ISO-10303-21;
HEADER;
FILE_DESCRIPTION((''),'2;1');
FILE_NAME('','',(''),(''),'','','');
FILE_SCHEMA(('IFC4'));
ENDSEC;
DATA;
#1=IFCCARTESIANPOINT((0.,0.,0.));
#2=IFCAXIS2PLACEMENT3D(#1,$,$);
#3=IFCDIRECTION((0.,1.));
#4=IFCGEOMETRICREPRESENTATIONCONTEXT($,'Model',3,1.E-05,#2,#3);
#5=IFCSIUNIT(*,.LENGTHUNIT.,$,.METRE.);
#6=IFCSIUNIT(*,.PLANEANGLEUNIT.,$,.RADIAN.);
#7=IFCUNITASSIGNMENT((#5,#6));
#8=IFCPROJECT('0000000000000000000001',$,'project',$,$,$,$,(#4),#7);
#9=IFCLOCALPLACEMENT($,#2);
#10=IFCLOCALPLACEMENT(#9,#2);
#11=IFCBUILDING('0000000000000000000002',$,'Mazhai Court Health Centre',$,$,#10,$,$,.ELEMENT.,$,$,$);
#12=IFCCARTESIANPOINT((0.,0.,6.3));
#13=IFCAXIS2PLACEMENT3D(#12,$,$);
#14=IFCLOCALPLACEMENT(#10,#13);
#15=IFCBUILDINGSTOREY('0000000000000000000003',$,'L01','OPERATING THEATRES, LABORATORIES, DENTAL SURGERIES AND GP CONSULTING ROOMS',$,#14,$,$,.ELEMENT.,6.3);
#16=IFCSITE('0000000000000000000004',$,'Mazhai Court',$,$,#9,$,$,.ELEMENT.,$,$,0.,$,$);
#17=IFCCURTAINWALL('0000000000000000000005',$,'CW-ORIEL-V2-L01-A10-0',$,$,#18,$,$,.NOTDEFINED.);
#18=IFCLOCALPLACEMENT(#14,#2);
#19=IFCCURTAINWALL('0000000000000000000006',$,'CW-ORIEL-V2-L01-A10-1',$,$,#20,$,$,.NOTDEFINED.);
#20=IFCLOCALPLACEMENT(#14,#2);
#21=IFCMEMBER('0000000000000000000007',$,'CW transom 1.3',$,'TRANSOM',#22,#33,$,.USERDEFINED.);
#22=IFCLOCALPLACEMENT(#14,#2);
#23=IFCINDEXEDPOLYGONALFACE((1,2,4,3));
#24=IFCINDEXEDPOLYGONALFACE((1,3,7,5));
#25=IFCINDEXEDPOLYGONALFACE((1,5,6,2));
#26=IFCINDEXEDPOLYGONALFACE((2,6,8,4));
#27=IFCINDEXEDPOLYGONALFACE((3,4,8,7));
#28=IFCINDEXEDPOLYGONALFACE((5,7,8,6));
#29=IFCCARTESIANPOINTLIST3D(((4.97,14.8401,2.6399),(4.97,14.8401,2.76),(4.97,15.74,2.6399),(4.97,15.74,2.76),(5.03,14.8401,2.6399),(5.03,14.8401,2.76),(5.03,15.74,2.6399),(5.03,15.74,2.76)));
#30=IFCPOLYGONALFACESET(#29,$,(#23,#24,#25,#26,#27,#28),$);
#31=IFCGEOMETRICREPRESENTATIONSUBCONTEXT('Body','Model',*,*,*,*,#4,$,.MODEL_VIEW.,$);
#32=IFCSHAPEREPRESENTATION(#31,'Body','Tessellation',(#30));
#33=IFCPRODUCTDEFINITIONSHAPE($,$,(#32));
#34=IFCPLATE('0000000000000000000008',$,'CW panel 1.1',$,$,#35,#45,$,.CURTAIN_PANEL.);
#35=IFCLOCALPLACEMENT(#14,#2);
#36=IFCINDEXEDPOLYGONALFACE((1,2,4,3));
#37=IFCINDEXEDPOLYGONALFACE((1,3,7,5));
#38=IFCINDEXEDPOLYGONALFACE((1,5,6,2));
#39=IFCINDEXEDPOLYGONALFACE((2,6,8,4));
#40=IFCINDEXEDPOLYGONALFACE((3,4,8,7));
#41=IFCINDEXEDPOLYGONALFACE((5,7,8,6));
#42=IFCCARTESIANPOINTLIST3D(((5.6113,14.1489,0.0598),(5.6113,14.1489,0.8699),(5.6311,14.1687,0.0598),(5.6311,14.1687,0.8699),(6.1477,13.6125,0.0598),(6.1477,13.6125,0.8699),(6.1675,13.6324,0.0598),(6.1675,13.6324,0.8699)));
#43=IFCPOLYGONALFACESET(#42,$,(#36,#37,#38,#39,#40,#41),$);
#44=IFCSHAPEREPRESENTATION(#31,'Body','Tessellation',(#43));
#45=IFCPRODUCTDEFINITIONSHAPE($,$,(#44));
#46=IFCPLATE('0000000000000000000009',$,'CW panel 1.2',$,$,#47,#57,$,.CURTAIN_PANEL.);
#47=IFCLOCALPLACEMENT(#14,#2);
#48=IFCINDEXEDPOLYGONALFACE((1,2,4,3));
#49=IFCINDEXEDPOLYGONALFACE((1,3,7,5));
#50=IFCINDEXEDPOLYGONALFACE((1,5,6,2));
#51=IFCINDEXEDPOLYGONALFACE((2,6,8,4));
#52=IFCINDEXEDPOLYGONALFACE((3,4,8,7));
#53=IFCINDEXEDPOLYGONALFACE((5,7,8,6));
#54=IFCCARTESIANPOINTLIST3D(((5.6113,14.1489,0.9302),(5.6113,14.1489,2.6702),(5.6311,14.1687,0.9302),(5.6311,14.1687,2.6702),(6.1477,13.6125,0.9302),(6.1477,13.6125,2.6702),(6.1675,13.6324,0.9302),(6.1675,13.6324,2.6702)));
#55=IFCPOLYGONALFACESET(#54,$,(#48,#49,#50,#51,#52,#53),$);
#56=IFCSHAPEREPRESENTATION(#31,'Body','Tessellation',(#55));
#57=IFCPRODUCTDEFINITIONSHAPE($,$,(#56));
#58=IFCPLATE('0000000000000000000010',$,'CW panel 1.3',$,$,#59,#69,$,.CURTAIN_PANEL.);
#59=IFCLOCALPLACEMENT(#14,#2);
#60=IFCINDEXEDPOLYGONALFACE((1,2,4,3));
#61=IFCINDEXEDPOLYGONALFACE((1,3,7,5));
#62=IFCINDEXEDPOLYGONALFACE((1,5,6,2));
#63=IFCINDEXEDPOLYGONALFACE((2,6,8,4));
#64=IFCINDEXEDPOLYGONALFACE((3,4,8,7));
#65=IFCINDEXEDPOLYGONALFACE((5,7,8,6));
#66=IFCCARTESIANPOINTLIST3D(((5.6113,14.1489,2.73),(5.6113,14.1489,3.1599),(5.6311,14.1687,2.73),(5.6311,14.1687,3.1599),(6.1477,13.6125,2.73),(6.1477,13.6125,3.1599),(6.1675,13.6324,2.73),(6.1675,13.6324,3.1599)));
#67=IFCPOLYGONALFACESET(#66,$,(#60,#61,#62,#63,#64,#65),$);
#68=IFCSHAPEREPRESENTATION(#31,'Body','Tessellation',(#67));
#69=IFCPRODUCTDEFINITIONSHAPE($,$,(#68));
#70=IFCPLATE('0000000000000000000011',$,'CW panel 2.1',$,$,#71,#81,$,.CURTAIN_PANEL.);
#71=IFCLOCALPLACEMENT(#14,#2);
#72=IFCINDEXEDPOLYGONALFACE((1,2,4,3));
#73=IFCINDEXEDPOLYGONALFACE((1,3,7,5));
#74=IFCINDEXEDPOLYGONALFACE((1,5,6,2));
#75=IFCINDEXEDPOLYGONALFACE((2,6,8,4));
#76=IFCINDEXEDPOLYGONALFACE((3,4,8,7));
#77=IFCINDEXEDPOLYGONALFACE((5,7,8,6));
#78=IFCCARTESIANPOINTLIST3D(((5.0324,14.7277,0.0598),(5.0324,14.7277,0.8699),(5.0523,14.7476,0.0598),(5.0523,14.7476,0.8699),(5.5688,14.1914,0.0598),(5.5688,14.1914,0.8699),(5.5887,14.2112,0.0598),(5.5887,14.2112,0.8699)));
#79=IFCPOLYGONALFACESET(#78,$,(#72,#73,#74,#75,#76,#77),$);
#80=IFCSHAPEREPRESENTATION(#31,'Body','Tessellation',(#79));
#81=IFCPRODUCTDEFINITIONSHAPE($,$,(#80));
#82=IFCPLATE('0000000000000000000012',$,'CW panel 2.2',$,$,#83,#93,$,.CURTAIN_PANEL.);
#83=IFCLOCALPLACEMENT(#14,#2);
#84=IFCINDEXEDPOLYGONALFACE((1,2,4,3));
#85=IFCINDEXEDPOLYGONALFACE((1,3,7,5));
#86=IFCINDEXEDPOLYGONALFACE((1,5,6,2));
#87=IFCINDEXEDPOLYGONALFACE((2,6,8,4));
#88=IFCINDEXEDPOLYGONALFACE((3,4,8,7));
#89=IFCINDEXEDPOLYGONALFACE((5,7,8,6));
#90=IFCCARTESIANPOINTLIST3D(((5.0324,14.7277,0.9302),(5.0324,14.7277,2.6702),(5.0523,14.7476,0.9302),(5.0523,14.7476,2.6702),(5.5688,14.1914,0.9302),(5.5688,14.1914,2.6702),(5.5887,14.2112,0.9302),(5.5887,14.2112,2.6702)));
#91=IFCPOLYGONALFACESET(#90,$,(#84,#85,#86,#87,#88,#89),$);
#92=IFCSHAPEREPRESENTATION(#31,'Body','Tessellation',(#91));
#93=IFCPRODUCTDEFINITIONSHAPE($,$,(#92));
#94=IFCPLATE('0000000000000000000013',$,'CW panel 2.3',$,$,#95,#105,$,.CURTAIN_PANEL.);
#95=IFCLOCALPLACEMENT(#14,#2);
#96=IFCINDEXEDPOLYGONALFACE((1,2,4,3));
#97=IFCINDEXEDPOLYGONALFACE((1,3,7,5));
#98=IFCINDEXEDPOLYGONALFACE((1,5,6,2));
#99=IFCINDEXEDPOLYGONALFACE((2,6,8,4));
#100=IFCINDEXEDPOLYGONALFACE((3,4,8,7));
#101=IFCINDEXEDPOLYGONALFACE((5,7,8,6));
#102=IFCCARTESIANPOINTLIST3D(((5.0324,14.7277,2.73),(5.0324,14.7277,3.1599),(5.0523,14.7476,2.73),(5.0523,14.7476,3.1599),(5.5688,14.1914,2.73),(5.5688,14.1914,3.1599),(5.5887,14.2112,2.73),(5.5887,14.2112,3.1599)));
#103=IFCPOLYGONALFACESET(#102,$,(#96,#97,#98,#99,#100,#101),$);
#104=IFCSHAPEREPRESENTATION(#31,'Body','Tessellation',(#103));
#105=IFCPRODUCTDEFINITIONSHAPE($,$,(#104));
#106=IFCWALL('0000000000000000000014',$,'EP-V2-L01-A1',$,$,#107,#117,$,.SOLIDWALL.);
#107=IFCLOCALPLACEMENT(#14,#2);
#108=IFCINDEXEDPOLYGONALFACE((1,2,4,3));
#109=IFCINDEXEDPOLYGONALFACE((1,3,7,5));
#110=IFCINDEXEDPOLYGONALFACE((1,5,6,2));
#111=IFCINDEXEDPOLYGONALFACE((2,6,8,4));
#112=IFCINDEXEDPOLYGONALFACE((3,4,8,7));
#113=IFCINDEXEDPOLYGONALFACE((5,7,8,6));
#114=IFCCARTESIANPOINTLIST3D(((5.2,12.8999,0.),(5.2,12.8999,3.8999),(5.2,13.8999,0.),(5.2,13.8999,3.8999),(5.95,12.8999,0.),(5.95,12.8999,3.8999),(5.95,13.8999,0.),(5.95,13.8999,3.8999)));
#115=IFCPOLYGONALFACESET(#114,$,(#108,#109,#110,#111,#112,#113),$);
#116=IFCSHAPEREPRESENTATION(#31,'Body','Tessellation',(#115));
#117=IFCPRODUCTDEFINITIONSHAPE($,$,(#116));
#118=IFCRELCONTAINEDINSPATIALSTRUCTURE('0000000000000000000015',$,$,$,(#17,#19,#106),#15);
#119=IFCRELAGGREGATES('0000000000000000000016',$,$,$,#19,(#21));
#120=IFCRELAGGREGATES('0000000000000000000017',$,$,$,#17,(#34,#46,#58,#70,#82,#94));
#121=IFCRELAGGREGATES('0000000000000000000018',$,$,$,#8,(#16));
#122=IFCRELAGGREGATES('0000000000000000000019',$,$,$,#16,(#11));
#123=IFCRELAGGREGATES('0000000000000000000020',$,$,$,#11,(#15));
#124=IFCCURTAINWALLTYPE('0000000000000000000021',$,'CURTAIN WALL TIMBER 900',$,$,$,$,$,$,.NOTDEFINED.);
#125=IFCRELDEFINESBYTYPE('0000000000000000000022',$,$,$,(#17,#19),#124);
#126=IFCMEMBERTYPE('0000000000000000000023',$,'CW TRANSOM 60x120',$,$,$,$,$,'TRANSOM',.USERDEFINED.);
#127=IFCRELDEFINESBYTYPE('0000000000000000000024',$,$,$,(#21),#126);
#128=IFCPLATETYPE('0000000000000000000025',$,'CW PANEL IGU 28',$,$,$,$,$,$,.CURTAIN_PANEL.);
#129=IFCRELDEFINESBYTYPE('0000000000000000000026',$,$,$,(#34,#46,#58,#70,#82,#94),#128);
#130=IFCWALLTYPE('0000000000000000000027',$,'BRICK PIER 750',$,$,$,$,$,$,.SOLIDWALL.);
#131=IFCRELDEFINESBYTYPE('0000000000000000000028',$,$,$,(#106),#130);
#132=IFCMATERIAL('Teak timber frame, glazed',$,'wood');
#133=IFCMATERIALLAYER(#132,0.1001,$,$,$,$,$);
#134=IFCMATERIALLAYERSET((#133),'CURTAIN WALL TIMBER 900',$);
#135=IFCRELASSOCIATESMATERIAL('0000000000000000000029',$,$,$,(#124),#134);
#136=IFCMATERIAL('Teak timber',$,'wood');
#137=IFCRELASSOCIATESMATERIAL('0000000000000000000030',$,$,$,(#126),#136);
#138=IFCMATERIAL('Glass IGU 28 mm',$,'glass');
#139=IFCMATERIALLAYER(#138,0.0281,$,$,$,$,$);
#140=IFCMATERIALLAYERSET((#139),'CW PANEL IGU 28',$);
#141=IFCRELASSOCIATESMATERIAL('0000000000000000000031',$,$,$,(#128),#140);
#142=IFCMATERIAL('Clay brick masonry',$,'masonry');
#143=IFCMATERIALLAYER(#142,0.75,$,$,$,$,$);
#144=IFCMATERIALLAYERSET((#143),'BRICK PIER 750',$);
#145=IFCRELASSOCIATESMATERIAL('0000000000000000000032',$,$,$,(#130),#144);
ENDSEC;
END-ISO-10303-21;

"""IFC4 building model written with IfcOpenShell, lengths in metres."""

from ifc_helpers import new_model, si_unit, direction, frame, frame_2d, origin, origin_2d, place, context, subcontext, project, spatial, rectangle, extrude, material, layer, layer_set, material_profile, profile_set, type_object, element, aggregate, save


model = new_model("IFC4")

# Units and contexts
model_context = context("Model", 3, precision=1e-05, world=origin(), true_north=direction((0.0, 1.0)))
body_context = subcontext(model_context, "Body", "Model", "MODEL_VIEW")
ifc_project = project(units=[si_unit("LENGTHUNIT", "METRE"), si_unit("PLANEANGLEUNIT", "RADIAN")], contexts=[model_context])

# Site, building, storey
site_placement = place(None, origin())
site = spatial("IfcSite", under=ifc_project, at=site_placement, Name="Mazhai Court", CompositionType="ELEMENT", RefElevation=0.0)
building_placement = place(site_placement, origin())
building = spatial("IfcBuilding", under=site, at=building_placement, Name="Mazhai Court Health Centre", CompositionType="ELEMENT")
storey_placement = place(building_placement, frame((0.0, 0.0, 6.3)))
storey = spatial("IfcBuildingStorey", under=building, at=storey_placement, Name="L01", Description="OPERATING THEATRES, LABORATORIES, DENTAL SURGERIES AND GP CONSULTING ROOMS", CompositionType="ELEMENT", Elevation=6.3)

# Curtain wall
ifc_material_1 = material(Name="Teak timber frame, glazed", Category="wood")
ifc_layer_1 = layer(ifc_material_1, 0.1001)
ifc_layer_set_1 = layer_set([ifc_layer_1], Name="CURTAIN WALL TIMBER 900")
curtain_wall_type = type_object("IfcCurtainWallType", Name="CURTAIN WALL TIMBER 900", PredefinedType="NOTDEFINED", material=ifc_layer_set_1)
curtain_wall_1_placement = place(storey_placement, origin())
curtain_wall_1 = element("IfcCurtainWall", 1, at=curtain_wall_1_placement, inside=storey, type_object=curtain_wall_type, Name="CW-ORIEL-V2-L01-A10-0", PredefinedType="NOTDEFINED")

# Curtain wall
curtain_wall_2_placement = place(storey_placement, origin())
curtain_wall_2 = element("IfcCurtainWall", 2, at=curtain_wall_2_placement, inside=storey, type_object=curtain_wall_type, Name="CW-ORIEL-V2-L01-A10-1", PredefinedType="NOTDEFINED")

# Member
ifc_material_2 = material(Name="Teak timber", Category="wood")
ifc_material_profile_1 = material_profile(ifc_material_2, rectangle(XDim=0.0601, YDim=0.1201, at=origin_2d()), Name="CW TRANSOM 60x120")
ifc_profile_set_1 = profile_set([ifc_material_profile_1], Name="Teak timber")
member_type_1 = type_object("IfcMemberType", Name="CW TRANSOM 60x120", ElementType="TRANSOM", PredefinedType="USERDEFINED", material=ifc_profile_set_1)
member_1_placement = place(storey_placement, frame((5.0, 14.8401, 2.7), z_axis=(0.0, 1.0, 0.0), x_axis=(-1.0, 0.0, 0.0)))
member_1 = element("IfcMember", 3, at=member_1_placement, type_object=member_type_1, Name="CW transom 1.3", ObjectType="TRANSOM", PredefinedType="USERDEFINED", context=body_context, shape_type="SweptSolid", body=[
    extrude(rectangle(XDim=0.0601, YDim=0.1201, at=origin_2d()), origin(), (0.0, 0.0, 1.0), 0.8999),
])
aggregate(curtain_wall_2, [member_1])

# Plates
ifc_material_3 = material(Name="Glass IGU 28 mm", Category="glass")
ifc_layer_2 = layer(ifc_material_3, 0.0281)
ifc_layer_set_2 = layer_set([ifc_layer_2], Name="CW PANEL IGU 28")
plate_type = type_object("IfcPlateType", Name="CW PANEL IGU 28", PredefinedType="CURTAIN_PANEL", material=ifc_layer_set_2)
plate_1_placement = place(storey_placement, frame((5.8894, 13.8906, 0.0598), z_axis=(0.0, 0.0, 1.0), x_axis=(-0.707107, 0.707107, 0.0)))
plate_1 = element("IfcPlate", 4, at=plate_1_placement, type_object=plate_type, Name="CW panel 1.1", PredefinedType="CURTAIN_PANEL", context=body_context, shape_type="SweptSolid", body=[
    extrude(rectangle(XDim=0.7585, YDim=0.0281, at=origin_2d()), origin(), (0.0, 0.0, 1.0), 0.8101),
])
plate_2_placement = place(storey_placement, frame((5.8894, 13.8906, 0.9302), z_axis=(0.0, 0.0, 1.0), x_axis=(-0.707107, 0.707107, 0.0)))
plate_2 = element("IfcPlate", 5, at=plate_2_placement, type_object=plate_type, Name="CW panel 1.2", PredefinedType="CURTAIN_PANEL", context=body_context, shape_type="SweptSolid", body=[
    extrude(rectangle(XDim=0.7585, YDim=0.0281, at=origin_2d()), origin(), (0.0, 0.0, 1.0), 1.74),
])
plate_3_placement = place(storey_placement, frame((5.8894, 13.8906, 2.73), z_axis=(0.0, 0.0, 1.0), x_axis=(-0.707107, 0.707107, 0.0)))
plate_3 = element("IfcPlate", 6, at=plate_3_placement, type_object=plate_type, Name="CW panel 1.3", PredefinedType="CURTAIN_PANEL", context=body_context, shape_type="SweptSolid", body=[
    extrude(rectangle(XDim=0.7585, YDim=0.0281, at=origin_2d()), origin(), (0.0, 0.0, 1.0), 0.4299),
])
plate_4_placement = place(storey_placement, frame((5.3105, 14.4695, 0.0598), z_axis=(0.0, 0.0, 1.0), x_axis=(-0.707107, 0.707107, 0.0)))
plate_4 = element("IfcPlate", 7, at=plate_4_placement, type_object=plate_type, Name="CW panel 2.1", PredefinedType="CURTAIN_PANEL", context=body_context, shape_type="SweptSolid", body=[
    extrude(rectangle(XDim=0.7585, YDim=0.0281, at=origin_2d()), origin(), (0.0, 0.0, 1.0), 0.8101),
])
plate_5_placement = place(storey_placement, frame((5.3105, 14.4695, 0.9302), z_axis=(0.0, 0.0, 1.0), x_axis=(-0.707107, 0.707107, 0.0)))
plate_5 = element("IfcPlate", 8, at=plate_5_placement, type_object=plate_type, Name="CW panel 2.2", PredefinedType="CURTAIN_PANEL", context=body_context, shape_type="SweptSolid", body=[
    extrude(rectangle(XDim=0.7585, YDim=0.0281, at=origin_2d()), origin(), (0.0, 0.0, 1.0), 1.74),
])
plate_6_placement = place(storey_placement, frame((5.3105, 14.4695, 2.73), z_axis=(0.0, 0.0, 1.0), x_axis=(-0.707107, 0.707107, 0.0)))
plate_6 = element("IfcPlate", 9, at=plate_6_placement, type_object=plate_type, Name="CW panel 2.3", PredefinedType="CURTAIN_PANEL", context=body_context, shape_type="SweptSolid", body=[
    extrude(rectangle(XDim=0.7585, YDim=0.0281, at=origin_2d()), origin(), (0.0, 0.0, 1.0), 0.4299),
])
aggregate(curtain_wall_1, [plate_1, plate_2, plate_3, plate_4, plate_5, plate_6])

# Wall
ifc_material_4 = material(Name="Clay brick masonry", Category="masonry")
ifc_layer_3 = layer(ifc_material_4, 0.75)
ifc_layer_set_3 = layer_set([ifc_layer_3], Name="BRICK PIER 750")
wall_type = type_object("IfcWallType", Name="BRICK PIER 750", PredefinedType="SOLIDWALL", material=ifc_layer_set_3)
wall_placement = place(storey_placement, frame((5.575, 12.8999, 0.0), z_axis=(0.0, 0.0, 1.0), x_axis=(0.0, 1.0, 0.0)))
element("IfcWall", 10, at=wall_placement, inside=storey, type_object=wall_type, Name="EP-V2-L01-A1", PredefinedType="SOLIDWALL", context=body_context, shape_type="SweptSolid", body=[
    extrude(rectangle(XDim=1.0, YDim=0.75, at=frame_2d((0.5, 0.0))), origin(), (0.0, 0.0, 1.0), 3.8999),
])

save(model, "model.ifc")
